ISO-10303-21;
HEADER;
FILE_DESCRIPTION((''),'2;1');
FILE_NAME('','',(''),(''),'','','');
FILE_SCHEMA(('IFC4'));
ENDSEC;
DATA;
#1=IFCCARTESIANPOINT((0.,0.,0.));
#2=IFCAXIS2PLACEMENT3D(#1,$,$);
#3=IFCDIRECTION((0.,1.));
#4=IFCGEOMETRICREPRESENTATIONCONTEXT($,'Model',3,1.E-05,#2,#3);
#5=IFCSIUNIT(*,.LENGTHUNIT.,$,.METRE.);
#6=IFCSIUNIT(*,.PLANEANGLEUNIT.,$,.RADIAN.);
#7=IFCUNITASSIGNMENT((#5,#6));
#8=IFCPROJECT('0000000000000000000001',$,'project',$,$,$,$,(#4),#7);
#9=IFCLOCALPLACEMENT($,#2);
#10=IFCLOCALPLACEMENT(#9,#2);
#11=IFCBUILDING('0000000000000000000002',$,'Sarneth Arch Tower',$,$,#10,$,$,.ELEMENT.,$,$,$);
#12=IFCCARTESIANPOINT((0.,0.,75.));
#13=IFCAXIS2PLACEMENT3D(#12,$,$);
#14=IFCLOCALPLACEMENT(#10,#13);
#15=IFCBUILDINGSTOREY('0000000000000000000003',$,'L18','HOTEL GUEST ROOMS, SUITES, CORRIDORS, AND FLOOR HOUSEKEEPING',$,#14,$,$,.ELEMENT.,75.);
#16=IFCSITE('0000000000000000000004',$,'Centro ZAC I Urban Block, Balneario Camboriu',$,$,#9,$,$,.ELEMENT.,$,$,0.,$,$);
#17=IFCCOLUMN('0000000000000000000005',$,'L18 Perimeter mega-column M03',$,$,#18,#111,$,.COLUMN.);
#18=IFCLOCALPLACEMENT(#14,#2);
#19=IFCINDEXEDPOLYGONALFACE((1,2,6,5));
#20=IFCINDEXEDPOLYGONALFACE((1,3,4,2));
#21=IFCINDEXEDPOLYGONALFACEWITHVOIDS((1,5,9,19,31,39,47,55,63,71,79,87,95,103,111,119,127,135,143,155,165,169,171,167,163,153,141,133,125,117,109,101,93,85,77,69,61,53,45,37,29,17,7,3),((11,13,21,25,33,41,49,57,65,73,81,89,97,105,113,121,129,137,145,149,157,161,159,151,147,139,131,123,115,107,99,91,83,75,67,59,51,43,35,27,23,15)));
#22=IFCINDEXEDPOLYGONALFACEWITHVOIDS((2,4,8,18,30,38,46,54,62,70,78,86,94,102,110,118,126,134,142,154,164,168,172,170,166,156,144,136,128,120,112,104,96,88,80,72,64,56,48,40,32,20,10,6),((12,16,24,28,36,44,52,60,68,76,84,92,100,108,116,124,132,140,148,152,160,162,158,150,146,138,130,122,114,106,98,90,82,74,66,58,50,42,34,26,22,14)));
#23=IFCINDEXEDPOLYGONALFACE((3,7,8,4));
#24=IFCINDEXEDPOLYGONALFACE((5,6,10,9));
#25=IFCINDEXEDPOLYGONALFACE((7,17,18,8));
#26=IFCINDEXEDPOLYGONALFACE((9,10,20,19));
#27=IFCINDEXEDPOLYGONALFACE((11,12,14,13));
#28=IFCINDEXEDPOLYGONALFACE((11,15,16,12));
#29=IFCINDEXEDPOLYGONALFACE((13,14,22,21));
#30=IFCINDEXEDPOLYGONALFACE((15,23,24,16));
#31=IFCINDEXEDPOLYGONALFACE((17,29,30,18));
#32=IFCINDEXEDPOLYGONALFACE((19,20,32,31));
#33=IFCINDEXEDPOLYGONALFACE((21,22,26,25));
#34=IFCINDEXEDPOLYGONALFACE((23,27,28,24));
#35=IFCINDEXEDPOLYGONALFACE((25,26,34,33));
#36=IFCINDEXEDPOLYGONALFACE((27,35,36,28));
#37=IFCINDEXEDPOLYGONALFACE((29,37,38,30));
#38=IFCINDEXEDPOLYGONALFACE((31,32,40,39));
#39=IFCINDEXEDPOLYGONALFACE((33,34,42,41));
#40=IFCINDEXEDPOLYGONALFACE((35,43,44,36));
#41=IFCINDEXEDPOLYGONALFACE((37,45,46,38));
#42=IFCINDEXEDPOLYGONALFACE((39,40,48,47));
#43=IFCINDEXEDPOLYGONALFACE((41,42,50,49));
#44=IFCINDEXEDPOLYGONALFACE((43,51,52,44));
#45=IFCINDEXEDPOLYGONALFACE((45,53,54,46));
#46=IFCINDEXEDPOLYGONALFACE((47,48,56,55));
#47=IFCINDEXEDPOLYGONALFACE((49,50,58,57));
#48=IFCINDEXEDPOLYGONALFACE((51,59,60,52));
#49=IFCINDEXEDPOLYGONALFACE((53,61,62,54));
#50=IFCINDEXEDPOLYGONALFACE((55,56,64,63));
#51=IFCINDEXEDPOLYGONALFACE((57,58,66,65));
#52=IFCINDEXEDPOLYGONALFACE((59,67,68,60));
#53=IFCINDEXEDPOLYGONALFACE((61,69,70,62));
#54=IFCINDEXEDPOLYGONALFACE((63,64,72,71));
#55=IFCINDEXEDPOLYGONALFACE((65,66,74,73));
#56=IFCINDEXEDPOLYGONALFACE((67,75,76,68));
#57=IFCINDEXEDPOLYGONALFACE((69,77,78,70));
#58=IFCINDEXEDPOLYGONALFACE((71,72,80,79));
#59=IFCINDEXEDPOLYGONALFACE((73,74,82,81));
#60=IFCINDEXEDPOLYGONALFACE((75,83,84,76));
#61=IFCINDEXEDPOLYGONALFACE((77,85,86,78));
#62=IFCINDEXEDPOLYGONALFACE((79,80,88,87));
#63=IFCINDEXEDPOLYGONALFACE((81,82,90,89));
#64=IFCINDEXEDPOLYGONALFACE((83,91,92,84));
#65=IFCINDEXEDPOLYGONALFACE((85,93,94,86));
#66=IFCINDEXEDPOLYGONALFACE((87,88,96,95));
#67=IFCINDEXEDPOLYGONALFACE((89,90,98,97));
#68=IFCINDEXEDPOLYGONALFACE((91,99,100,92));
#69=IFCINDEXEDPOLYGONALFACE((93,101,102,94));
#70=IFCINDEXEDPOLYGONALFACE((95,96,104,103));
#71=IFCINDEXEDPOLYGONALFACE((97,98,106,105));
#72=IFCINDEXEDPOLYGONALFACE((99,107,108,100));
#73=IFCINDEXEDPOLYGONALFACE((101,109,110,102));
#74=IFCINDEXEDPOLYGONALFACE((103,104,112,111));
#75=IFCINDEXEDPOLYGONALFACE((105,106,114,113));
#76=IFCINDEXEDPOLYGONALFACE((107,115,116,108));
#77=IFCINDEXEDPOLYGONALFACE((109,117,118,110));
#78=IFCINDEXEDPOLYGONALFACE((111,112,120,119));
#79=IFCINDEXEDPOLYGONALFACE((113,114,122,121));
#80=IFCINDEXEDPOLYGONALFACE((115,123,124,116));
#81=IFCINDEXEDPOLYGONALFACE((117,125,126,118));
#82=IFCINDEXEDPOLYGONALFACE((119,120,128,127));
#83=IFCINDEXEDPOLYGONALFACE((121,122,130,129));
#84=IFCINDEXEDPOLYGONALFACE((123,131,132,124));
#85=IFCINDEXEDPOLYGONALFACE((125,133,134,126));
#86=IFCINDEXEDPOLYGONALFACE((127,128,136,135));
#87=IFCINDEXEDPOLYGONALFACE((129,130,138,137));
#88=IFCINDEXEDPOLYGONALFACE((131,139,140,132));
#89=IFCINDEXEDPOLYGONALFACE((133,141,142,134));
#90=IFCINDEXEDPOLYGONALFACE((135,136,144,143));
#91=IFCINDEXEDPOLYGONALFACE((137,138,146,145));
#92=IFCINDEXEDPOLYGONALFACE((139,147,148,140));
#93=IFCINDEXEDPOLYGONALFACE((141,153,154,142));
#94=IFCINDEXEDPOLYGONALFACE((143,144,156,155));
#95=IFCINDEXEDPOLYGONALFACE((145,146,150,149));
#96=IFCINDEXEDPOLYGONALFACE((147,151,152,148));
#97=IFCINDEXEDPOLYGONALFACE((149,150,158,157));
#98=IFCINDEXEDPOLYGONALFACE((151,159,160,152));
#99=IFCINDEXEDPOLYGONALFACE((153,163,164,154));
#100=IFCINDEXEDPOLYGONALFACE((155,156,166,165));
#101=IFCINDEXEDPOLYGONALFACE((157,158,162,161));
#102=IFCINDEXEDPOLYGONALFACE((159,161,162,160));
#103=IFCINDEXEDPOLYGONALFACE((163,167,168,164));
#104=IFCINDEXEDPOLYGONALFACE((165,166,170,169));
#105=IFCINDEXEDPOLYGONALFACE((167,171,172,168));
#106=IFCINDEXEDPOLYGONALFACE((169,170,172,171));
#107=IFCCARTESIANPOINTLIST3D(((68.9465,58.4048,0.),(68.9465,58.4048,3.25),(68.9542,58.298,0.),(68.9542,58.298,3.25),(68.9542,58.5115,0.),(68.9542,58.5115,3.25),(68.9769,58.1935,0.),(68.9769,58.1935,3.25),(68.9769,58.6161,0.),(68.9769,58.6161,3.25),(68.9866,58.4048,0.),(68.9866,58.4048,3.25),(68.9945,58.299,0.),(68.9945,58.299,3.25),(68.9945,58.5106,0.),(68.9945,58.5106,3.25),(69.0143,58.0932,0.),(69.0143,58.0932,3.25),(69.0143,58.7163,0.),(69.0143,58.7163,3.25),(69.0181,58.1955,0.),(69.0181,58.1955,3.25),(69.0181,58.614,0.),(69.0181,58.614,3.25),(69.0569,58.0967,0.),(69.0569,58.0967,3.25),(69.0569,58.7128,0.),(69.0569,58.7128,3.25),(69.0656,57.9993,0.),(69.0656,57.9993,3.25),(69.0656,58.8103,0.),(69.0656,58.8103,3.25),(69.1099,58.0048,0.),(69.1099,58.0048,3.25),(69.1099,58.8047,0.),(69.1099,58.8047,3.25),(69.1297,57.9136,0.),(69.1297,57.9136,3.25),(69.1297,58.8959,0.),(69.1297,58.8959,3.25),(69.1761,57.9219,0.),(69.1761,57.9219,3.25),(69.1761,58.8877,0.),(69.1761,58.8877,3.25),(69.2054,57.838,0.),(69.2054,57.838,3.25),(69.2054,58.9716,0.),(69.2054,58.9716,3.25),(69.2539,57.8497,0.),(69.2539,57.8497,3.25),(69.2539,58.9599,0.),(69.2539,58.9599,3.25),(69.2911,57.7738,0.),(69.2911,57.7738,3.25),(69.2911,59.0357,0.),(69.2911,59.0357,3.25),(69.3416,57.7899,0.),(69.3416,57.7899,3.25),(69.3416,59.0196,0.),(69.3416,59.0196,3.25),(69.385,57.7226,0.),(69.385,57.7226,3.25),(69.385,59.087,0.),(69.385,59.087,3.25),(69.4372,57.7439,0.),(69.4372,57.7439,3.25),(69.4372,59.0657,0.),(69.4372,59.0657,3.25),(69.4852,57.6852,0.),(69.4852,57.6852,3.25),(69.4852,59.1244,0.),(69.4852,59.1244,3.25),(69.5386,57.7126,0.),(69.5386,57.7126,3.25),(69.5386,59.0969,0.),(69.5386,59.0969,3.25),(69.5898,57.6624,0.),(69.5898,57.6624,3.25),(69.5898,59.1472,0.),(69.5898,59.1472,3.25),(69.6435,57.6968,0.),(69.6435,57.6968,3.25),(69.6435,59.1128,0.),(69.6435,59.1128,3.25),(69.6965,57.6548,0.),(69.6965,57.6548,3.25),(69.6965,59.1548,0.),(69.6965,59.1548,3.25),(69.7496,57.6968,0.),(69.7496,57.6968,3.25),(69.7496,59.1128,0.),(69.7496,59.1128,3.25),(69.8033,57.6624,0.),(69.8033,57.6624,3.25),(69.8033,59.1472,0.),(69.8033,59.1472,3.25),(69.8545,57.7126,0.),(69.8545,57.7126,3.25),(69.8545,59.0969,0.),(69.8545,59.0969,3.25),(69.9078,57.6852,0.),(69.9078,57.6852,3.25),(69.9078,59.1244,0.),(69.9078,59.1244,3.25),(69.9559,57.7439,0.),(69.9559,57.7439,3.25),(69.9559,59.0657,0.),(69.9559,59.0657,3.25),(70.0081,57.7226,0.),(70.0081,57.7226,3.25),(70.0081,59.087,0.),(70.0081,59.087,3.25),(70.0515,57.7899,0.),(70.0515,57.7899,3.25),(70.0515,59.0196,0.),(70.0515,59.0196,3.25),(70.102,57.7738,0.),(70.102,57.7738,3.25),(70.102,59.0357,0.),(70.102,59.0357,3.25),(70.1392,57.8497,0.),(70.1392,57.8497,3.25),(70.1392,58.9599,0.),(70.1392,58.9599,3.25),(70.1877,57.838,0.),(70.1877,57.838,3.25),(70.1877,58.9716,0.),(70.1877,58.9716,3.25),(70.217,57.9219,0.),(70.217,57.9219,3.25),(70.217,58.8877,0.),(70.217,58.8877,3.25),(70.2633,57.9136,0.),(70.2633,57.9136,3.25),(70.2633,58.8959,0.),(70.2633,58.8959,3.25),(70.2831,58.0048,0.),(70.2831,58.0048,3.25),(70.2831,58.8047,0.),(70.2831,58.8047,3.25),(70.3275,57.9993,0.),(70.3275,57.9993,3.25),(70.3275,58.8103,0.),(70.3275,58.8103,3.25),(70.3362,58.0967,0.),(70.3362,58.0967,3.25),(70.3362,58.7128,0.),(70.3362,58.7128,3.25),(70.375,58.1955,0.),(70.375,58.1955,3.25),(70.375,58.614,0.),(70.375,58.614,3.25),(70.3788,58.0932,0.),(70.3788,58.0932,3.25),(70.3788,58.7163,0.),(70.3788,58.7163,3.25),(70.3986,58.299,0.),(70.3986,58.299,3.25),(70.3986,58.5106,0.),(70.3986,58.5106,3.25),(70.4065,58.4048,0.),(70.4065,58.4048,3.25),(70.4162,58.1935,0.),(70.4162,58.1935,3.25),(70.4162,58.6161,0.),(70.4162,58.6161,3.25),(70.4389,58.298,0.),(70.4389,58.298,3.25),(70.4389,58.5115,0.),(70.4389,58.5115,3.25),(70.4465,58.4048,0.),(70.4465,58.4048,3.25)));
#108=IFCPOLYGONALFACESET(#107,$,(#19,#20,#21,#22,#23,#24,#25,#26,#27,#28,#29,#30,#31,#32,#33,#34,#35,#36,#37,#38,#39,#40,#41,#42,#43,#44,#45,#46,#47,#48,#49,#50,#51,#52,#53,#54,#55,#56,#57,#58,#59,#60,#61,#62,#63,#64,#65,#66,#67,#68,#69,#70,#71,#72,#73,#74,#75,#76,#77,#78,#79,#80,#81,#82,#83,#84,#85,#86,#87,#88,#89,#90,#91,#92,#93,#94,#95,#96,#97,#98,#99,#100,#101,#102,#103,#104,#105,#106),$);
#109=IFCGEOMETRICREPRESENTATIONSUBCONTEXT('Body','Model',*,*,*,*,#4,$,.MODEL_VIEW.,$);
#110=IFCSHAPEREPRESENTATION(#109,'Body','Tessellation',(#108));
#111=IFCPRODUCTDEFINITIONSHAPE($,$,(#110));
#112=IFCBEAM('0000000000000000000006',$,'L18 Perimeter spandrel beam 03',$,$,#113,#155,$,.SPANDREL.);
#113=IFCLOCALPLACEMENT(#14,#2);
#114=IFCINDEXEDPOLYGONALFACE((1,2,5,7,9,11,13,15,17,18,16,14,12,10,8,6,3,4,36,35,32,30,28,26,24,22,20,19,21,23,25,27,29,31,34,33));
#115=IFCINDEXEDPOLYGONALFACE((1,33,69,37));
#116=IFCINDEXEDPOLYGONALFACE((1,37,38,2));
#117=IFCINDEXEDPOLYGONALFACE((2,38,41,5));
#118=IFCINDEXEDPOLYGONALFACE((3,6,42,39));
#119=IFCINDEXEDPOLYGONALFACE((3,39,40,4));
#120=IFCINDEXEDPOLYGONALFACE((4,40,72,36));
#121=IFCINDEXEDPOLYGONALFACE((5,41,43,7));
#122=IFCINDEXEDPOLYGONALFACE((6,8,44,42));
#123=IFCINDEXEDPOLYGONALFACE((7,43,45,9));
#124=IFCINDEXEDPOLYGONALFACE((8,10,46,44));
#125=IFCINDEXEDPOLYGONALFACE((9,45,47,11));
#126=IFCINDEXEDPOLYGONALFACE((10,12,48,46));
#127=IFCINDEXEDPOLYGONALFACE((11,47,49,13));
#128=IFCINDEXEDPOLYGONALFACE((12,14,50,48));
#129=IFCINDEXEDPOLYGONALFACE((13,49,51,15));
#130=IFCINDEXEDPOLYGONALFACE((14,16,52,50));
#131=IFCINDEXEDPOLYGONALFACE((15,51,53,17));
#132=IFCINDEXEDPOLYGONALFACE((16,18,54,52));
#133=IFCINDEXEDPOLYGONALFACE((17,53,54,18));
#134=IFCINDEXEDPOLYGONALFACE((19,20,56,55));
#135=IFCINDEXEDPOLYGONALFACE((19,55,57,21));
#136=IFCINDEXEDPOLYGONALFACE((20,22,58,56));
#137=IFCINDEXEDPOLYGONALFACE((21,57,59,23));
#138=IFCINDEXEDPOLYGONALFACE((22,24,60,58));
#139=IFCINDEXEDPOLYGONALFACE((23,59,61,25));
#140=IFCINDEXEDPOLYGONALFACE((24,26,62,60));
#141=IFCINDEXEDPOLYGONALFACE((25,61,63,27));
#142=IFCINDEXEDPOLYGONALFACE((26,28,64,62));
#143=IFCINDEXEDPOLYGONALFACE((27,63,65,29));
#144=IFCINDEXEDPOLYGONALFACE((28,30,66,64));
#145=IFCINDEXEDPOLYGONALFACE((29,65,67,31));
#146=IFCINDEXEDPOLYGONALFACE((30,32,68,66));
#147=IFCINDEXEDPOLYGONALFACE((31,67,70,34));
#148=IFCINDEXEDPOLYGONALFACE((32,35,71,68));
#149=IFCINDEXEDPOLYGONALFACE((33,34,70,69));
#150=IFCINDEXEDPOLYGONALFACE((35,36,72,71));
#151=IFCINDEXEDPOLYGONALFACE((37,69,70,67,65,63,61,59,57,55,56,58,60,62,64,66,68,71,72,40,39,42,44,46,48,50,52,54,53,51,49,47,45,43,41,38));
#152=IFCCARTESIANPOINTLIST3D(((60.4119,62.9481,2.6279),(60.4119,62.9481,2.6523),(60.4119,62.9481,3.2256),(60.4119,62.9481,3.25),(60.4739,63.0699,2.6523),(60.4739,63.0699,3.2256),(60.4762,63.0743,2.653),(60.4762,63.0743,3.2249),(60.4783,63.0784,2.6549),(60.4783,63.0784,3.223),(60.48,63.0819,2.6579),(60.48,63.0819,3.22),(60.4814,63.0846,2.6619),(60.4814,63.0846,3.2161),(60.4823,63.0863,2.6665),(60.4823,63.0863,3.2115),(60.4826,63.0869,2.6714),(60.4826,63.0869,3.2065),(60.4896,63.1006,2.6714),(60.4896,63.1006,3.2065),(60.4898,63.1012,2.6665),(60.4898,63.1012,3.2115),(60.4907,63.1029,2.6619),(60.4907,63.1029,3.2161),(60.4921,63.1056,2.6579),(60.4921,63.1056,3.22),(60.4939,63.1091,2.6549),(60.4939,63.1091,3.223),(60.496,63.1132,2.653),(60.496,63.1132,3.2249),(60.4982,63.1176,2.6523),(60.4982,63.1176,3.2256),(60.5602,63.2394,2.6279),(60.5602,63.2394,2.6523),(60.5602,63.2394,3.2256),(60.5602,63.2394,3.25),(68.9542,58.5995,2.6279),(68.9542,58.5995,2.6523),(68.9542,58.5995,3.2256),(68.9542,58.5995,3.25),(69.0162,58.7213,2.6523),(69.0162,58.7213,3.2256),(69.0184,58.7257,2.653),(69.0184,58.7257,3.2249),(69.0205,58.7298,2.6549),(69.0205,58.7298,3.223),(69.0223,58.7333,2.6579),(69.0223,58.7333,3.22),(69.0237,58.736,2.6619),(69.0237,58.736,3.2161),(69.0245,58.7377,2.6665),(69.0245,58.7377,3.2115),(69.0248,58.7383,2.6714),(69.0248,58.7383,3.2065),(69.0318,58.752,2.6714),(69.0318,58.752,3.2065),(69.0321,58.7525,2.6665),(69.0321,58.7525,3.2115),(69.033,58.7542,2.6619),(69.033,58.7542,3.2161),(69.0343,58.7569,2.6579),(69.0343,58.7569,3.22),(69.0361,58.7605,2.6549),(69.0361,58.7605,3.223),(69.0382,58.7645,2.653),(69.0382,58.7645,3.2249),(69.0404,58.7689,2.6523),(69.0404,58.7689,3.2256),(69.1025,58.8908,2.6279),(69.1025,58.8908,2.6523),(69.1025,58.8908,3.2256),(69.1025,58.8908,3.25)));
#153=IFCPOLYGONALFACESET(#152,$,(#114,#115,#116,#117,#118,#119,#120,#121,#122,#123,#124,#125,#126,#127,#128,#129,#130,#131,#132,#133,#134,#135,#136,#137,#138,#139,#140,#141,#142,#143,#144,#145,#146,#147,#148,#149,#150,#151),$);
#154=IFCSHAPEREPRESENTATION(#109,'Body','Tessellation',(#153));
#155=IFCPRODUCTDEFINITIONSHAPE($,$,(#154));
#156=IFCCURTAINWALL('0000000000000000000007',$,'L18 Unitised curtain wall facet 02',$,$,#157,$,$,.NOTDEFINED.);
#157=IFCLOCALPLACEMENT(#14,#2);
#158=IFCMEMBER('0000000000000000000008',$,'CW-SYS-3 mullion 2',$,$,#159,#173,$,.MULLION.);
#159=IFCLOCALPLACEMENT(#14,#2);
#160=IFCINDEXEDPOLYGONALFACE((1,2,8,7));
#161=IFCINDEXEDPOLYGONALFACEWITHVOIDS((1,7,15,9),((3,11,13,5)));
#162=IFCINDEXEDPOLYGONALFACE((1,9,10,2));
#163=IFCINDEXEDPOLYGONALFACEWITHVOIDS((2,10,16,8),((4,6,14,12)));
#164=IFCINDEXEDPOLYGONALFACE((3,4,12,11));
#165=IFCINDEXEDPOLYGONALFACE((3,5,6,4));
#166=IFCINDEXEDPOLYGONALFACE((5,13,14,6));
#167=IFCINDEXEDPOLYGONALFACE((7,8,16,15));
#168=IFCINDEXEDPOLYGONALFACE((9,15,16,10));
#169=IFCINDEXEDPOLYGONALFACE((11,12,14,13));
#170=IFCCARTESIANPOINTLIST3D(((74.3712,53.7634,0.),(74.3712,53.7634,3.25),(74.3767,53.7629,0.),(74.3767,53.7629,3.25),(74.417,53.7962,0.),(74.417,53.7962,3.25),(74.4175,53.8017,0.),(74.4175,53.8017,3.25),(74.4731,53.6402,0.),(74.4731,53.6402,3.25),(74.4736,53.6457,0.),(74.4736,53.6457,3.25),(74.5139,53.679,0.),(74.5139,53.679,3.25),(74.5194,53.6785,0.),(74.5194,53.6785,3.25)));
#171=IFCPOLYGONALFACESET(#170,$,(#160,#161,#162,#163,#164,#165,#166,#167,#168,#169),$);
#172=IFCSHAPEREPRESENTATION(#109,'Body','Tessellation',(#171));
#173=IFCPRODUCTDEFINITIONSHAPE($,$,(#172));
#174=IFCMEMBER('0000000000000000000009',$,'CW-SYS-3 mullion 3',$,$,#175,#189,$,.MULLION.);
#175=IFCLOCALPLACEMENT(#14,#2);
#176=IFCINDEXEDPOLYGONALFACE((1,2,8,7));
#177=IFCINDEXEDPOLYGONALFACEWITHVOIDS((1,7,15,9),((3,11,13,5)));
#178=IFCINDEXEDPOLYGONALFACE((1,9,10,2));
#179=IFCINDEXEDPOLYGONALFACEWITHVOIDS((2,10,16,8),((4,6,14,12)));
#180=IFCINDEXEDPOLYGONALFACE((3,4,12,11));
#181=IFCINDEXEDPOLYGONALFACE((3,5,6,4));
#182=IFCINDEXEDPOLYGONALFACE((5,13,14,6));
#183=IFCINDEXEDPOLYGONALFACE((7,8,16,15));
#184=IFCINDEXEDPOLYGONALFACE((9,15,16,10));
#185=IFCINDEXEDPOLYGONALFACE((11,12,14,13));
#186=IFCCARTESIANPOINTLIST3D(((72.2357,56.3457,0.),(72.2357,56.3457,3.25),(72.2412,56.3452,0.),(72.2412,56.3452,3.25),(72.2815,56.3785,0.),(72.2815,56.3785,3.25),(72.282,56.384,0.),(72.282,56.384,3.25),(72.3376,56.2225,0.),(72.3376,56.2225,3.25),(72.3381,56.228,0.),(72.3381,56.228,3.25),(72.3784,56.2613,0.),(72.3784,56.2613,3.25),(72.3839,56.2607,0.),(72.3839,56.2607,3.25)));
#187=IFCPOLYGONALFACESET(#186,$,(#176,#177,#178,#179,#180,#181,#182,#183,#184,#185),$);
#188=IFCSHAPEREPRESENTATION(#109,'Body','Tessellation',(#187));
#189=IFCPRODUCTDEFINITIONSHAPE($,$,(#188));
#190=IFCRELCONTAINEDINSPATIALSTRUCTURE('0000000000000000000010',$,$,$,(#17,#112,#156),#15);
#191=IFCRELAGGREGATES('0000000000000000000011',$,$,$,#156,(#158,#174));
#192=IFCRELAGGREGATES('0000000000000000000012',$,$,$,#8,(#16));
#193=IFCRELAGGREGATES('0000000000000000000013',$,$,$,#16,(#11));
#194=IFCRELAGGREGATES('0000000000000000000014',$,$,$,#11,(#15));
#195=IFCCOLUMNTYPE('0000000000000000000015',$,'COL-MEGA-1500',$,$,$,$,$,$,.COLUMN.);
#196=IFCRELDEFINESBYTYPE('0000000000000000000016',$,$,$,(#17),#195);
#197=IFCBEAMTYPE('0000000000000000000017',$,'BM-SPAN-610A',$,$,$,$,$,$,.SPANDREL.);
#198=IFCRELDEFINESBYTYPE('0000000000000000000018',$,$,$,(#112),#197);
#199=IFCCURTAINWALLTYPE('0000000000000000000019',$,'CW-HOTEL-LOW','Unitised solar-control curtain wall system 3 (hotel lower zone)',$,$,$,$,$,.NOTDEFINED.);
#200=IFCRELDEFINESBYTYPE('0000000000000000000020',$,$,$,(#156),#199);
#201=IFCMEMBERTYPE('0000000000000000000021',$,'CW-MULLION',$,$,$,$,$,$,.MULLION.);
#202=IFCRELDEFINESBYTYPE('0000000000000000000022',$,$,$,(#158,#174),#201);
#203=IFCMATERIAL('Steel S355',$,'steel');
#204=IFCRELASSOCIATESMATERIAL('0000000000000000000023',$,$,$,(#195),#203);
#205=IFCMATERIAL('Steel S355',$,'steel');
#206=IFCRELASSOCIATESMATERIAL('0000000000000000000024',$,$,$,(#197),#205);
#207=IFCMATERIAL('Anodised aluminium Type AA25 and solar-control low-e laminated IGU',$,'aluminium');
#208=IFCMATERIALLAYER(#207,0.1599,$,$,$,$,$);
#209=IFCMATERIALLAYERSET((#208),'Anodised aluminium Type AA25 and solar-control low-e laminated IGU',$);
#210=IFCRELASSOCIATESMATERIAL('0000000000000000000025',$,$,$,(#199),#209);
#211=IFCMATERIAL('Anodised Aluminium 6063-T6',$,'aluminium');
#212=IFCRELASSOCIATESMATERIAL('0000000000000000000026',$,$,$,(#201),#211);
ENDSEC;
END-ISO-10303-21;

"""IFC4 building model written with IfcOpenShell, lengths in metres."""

from ifc_helpers import new_model, si_unit, direction, frame, origin, origin_2d, place, context, subcontext, project, spatial, hollow_rectangle, hollow_circle, i_section, extrude, material, layer, layer_set, material_profile, profile_set, type_object, element, aggregate, save


model = new_model("IFC4")

# Units and contexts
model_context = context("Model", 3, precision=1e-05, world=origin(), true_north=direction((0.0, 1.0)))
body_context = subcontext(model_context, "Body", "Model", "MODEL_VIEW")
ifc_project = project(units=[si_unit("LENGTHUNIT", "METRE"), si_unit("PLANEANGLEUNIT", "RADIAN")], contexts=[model_context])

# Site, building, storey
site_placement = place(None, origin())
site = spatial("IfcSite", under=ifc_project, at=site_placement, Name="Centro ZAC I Urban Block, Balneario Camboriu", CompositionType="ELEMENT", RefElevation=0.0)
building_placement = place(site_placement, origin())
building = spatial("IfcBuilding", under=site, at=building_placement, Name="Sarneth Arch Tower", CompositionType="ELEMENT")
storey_placement = place(building_placement, frame((0.0, 0.0, 75.0)))
storey = spatial("IfcBuildingStorey", under=building, at=storey_placement, Name="L18", Description="HOTEL GUEST ROOMS, SUITES, CORRIDORS, AND FLOOR HOUSEKEEPING", CompositionType="ELEMENT", Elevation=75.0)

# Column
ifc_material_1 = material(Name="Steel S355", Category="steel")
ifc_material_profile_1 = material_profile(ifc_material_1, hollow_circle(Radius=0.75, WallThickness=0.04, at=origin_2d()), Name="CHS1500x40")
ifc_profile_set_1 = profile_set([ifc_material_profile_1], Name="Steel S355")
column_type = type_object("IfcColumnType", Name="COL-MEGA-1500", PredefinedType="COLUMN", material=ifc_profile_set_1)
column_placement = place(storey_placement, frame((69.6965, 58.4048, 0.0), z_axis=(0.0, 0.0, 1.0), x_axis=(1.0, 0.0, 0.0)))
element("IfcColumn", 1, at=column_placement, inside=storey, type_object=column_type, Name="L18 Perimeter mega-column M03", PredefinedType="COLUMN", context=body_context, shape_type="SweptSolid", body=[
    extrude(hollow_circle(Radius=0.75, WallThickness=0.04, at=origin_2d()), origin(), (0.0, 0.0, 1.0), 3.25),
])

# Beam
ifc_material_2 = material(Name="Steel S355", Category="steel")
ifc_material_profile_2 = material_profile(ifc_material_2, i_section(OverallWidth=0.3269, OverallDepth=0.6221, WebThickness=0.0154, FlangeThickness=0.0244, FilletRadius=0.019, at=origin_2d()), Name="W610x195")
ifc_profile_set_2 = profile_set([ifc_material_profile_2], Name="Steel S355")
beam_type = type_object("IfcBeamType", Name="BM-SPAN-610A", PredefinedType="SPANDREL", material=ifc_profile_set_2)
beam_placement = place(storey_placement, frame((69.0283, 58.7451, 2.939), z_axis=(-0.891169, 0.453671, 0.0), x_axis=(-0.453671, -0.891169, 0.0)))
element("IfcBeam", 2, at=beam_placement, inside=storey, type_object=beam_type, Name="L18 Perimeter spandrel beam 03", PredefinedType="SPANDREL", context=body_context, shape_type="SweptSolid", body=[
    extrude(i_section(OverallWidth=0.3269, OverallDepth=0.6221, WebThickness=0.0154, FlangeThickness=0.0244, FilletRadius=0.019, at=origin_2d()), origin(), (0.0, 0.0, 1.0), 9.5854),
])

# Curtain wall, members
ifc_material_3 = material(Name="Anodised aluminium Type AA25 and solar-control low-e laminated IGU", Category="aluminium")
ifc_layer_1 = layer(ifc_material_3, 0.1599)
ifc_layer_set_1 = layer_set([ifc_layer_1], Name="Anodised aluminium Type AA25 and solar-control low-e laminated IGU")
curtain_wall_type = type_object("IfcCurtainWallType", Name="CW-HOTEL-LOW", Description="Unitised solar-control curtain wall system 3 (hotel lower zone)", PredefinedType="NOTDEFINED", material=ifc_layer_set_1)
curtain_wall_placement = place(storey_placement, origin())
curtain_wall = element("IfcCurtainWall", 3, at=curtain_wall_placement, inside=storey, type_object=curtain_wall_type, Name="L18 Unitised curtain wall facet 02", PredefinedType="NOTDEFINED")
ifc_material_4 = material(Name="Anodised Aluminium 6063-T6", Category="aluminium")
ifc_material_profile_3 = material_profile(ifc_material_4, hollow_rectangle(XDim=0.0601, YDim=0.1599, WallThickness=0.0039, at=origin_2d()), Name="AL-MULL-160x60x4")
ifc_profile_set_3 = profile_set([ifc_material_profile_3], Name="Anodised Aluminium 6063-T6")
member_type_1 = type_object("IfcMemberType", Name="CW-MULLION", PredefinedType="MULLION", material=ifc_profile_set_3)
member_1_placement = place(storey_placement, frame((74.4453, 53.7209, 0.0), z_axis=(0.0, 0.0, 1.0), x_axis=(-0.770623, -0.637291, 0.0)))
member_1 = element("IfcMember", 4, at=member_1_placement, type_object=member_type_1, Name="CW-SYS-3 mullion 2", PredefinedType="MULLION", context=body_context, shape_type="SweptSolid", body=[
    extrude(hollow_rectangle(XDim=0.0601, YDim=0.1599, WallThickness=0.0039, at=origin_2d()), origin(), (0.0, 0.0, 1.0), 3.25),
])
member_2_placement = place(storey_placement, frame((72.3098, 56.3032, 0.0), z_axis=(0.0, 0.0, 1.0), x_axis=(-0.770623, -0.637291, 0.0)))
member_2 = element("IfcMember", 5, at=member_2_placement, type_object=member_type_1, Name="CW-SYS-3 mullion 3", PredefinedType="MULLION", context=body_context, shape_type="SweptSolid", body=[
    extrude(hollow_rectangle(XDim=0.0601, YDim=0.1599, WallThickness=0.0039, at=origin_2d()), origin(), (0.0, 0.0, 1.0), 3.25),
])
aggregate(curtain_wall, [member_1, member_2])

save(model, "model.ifc")
